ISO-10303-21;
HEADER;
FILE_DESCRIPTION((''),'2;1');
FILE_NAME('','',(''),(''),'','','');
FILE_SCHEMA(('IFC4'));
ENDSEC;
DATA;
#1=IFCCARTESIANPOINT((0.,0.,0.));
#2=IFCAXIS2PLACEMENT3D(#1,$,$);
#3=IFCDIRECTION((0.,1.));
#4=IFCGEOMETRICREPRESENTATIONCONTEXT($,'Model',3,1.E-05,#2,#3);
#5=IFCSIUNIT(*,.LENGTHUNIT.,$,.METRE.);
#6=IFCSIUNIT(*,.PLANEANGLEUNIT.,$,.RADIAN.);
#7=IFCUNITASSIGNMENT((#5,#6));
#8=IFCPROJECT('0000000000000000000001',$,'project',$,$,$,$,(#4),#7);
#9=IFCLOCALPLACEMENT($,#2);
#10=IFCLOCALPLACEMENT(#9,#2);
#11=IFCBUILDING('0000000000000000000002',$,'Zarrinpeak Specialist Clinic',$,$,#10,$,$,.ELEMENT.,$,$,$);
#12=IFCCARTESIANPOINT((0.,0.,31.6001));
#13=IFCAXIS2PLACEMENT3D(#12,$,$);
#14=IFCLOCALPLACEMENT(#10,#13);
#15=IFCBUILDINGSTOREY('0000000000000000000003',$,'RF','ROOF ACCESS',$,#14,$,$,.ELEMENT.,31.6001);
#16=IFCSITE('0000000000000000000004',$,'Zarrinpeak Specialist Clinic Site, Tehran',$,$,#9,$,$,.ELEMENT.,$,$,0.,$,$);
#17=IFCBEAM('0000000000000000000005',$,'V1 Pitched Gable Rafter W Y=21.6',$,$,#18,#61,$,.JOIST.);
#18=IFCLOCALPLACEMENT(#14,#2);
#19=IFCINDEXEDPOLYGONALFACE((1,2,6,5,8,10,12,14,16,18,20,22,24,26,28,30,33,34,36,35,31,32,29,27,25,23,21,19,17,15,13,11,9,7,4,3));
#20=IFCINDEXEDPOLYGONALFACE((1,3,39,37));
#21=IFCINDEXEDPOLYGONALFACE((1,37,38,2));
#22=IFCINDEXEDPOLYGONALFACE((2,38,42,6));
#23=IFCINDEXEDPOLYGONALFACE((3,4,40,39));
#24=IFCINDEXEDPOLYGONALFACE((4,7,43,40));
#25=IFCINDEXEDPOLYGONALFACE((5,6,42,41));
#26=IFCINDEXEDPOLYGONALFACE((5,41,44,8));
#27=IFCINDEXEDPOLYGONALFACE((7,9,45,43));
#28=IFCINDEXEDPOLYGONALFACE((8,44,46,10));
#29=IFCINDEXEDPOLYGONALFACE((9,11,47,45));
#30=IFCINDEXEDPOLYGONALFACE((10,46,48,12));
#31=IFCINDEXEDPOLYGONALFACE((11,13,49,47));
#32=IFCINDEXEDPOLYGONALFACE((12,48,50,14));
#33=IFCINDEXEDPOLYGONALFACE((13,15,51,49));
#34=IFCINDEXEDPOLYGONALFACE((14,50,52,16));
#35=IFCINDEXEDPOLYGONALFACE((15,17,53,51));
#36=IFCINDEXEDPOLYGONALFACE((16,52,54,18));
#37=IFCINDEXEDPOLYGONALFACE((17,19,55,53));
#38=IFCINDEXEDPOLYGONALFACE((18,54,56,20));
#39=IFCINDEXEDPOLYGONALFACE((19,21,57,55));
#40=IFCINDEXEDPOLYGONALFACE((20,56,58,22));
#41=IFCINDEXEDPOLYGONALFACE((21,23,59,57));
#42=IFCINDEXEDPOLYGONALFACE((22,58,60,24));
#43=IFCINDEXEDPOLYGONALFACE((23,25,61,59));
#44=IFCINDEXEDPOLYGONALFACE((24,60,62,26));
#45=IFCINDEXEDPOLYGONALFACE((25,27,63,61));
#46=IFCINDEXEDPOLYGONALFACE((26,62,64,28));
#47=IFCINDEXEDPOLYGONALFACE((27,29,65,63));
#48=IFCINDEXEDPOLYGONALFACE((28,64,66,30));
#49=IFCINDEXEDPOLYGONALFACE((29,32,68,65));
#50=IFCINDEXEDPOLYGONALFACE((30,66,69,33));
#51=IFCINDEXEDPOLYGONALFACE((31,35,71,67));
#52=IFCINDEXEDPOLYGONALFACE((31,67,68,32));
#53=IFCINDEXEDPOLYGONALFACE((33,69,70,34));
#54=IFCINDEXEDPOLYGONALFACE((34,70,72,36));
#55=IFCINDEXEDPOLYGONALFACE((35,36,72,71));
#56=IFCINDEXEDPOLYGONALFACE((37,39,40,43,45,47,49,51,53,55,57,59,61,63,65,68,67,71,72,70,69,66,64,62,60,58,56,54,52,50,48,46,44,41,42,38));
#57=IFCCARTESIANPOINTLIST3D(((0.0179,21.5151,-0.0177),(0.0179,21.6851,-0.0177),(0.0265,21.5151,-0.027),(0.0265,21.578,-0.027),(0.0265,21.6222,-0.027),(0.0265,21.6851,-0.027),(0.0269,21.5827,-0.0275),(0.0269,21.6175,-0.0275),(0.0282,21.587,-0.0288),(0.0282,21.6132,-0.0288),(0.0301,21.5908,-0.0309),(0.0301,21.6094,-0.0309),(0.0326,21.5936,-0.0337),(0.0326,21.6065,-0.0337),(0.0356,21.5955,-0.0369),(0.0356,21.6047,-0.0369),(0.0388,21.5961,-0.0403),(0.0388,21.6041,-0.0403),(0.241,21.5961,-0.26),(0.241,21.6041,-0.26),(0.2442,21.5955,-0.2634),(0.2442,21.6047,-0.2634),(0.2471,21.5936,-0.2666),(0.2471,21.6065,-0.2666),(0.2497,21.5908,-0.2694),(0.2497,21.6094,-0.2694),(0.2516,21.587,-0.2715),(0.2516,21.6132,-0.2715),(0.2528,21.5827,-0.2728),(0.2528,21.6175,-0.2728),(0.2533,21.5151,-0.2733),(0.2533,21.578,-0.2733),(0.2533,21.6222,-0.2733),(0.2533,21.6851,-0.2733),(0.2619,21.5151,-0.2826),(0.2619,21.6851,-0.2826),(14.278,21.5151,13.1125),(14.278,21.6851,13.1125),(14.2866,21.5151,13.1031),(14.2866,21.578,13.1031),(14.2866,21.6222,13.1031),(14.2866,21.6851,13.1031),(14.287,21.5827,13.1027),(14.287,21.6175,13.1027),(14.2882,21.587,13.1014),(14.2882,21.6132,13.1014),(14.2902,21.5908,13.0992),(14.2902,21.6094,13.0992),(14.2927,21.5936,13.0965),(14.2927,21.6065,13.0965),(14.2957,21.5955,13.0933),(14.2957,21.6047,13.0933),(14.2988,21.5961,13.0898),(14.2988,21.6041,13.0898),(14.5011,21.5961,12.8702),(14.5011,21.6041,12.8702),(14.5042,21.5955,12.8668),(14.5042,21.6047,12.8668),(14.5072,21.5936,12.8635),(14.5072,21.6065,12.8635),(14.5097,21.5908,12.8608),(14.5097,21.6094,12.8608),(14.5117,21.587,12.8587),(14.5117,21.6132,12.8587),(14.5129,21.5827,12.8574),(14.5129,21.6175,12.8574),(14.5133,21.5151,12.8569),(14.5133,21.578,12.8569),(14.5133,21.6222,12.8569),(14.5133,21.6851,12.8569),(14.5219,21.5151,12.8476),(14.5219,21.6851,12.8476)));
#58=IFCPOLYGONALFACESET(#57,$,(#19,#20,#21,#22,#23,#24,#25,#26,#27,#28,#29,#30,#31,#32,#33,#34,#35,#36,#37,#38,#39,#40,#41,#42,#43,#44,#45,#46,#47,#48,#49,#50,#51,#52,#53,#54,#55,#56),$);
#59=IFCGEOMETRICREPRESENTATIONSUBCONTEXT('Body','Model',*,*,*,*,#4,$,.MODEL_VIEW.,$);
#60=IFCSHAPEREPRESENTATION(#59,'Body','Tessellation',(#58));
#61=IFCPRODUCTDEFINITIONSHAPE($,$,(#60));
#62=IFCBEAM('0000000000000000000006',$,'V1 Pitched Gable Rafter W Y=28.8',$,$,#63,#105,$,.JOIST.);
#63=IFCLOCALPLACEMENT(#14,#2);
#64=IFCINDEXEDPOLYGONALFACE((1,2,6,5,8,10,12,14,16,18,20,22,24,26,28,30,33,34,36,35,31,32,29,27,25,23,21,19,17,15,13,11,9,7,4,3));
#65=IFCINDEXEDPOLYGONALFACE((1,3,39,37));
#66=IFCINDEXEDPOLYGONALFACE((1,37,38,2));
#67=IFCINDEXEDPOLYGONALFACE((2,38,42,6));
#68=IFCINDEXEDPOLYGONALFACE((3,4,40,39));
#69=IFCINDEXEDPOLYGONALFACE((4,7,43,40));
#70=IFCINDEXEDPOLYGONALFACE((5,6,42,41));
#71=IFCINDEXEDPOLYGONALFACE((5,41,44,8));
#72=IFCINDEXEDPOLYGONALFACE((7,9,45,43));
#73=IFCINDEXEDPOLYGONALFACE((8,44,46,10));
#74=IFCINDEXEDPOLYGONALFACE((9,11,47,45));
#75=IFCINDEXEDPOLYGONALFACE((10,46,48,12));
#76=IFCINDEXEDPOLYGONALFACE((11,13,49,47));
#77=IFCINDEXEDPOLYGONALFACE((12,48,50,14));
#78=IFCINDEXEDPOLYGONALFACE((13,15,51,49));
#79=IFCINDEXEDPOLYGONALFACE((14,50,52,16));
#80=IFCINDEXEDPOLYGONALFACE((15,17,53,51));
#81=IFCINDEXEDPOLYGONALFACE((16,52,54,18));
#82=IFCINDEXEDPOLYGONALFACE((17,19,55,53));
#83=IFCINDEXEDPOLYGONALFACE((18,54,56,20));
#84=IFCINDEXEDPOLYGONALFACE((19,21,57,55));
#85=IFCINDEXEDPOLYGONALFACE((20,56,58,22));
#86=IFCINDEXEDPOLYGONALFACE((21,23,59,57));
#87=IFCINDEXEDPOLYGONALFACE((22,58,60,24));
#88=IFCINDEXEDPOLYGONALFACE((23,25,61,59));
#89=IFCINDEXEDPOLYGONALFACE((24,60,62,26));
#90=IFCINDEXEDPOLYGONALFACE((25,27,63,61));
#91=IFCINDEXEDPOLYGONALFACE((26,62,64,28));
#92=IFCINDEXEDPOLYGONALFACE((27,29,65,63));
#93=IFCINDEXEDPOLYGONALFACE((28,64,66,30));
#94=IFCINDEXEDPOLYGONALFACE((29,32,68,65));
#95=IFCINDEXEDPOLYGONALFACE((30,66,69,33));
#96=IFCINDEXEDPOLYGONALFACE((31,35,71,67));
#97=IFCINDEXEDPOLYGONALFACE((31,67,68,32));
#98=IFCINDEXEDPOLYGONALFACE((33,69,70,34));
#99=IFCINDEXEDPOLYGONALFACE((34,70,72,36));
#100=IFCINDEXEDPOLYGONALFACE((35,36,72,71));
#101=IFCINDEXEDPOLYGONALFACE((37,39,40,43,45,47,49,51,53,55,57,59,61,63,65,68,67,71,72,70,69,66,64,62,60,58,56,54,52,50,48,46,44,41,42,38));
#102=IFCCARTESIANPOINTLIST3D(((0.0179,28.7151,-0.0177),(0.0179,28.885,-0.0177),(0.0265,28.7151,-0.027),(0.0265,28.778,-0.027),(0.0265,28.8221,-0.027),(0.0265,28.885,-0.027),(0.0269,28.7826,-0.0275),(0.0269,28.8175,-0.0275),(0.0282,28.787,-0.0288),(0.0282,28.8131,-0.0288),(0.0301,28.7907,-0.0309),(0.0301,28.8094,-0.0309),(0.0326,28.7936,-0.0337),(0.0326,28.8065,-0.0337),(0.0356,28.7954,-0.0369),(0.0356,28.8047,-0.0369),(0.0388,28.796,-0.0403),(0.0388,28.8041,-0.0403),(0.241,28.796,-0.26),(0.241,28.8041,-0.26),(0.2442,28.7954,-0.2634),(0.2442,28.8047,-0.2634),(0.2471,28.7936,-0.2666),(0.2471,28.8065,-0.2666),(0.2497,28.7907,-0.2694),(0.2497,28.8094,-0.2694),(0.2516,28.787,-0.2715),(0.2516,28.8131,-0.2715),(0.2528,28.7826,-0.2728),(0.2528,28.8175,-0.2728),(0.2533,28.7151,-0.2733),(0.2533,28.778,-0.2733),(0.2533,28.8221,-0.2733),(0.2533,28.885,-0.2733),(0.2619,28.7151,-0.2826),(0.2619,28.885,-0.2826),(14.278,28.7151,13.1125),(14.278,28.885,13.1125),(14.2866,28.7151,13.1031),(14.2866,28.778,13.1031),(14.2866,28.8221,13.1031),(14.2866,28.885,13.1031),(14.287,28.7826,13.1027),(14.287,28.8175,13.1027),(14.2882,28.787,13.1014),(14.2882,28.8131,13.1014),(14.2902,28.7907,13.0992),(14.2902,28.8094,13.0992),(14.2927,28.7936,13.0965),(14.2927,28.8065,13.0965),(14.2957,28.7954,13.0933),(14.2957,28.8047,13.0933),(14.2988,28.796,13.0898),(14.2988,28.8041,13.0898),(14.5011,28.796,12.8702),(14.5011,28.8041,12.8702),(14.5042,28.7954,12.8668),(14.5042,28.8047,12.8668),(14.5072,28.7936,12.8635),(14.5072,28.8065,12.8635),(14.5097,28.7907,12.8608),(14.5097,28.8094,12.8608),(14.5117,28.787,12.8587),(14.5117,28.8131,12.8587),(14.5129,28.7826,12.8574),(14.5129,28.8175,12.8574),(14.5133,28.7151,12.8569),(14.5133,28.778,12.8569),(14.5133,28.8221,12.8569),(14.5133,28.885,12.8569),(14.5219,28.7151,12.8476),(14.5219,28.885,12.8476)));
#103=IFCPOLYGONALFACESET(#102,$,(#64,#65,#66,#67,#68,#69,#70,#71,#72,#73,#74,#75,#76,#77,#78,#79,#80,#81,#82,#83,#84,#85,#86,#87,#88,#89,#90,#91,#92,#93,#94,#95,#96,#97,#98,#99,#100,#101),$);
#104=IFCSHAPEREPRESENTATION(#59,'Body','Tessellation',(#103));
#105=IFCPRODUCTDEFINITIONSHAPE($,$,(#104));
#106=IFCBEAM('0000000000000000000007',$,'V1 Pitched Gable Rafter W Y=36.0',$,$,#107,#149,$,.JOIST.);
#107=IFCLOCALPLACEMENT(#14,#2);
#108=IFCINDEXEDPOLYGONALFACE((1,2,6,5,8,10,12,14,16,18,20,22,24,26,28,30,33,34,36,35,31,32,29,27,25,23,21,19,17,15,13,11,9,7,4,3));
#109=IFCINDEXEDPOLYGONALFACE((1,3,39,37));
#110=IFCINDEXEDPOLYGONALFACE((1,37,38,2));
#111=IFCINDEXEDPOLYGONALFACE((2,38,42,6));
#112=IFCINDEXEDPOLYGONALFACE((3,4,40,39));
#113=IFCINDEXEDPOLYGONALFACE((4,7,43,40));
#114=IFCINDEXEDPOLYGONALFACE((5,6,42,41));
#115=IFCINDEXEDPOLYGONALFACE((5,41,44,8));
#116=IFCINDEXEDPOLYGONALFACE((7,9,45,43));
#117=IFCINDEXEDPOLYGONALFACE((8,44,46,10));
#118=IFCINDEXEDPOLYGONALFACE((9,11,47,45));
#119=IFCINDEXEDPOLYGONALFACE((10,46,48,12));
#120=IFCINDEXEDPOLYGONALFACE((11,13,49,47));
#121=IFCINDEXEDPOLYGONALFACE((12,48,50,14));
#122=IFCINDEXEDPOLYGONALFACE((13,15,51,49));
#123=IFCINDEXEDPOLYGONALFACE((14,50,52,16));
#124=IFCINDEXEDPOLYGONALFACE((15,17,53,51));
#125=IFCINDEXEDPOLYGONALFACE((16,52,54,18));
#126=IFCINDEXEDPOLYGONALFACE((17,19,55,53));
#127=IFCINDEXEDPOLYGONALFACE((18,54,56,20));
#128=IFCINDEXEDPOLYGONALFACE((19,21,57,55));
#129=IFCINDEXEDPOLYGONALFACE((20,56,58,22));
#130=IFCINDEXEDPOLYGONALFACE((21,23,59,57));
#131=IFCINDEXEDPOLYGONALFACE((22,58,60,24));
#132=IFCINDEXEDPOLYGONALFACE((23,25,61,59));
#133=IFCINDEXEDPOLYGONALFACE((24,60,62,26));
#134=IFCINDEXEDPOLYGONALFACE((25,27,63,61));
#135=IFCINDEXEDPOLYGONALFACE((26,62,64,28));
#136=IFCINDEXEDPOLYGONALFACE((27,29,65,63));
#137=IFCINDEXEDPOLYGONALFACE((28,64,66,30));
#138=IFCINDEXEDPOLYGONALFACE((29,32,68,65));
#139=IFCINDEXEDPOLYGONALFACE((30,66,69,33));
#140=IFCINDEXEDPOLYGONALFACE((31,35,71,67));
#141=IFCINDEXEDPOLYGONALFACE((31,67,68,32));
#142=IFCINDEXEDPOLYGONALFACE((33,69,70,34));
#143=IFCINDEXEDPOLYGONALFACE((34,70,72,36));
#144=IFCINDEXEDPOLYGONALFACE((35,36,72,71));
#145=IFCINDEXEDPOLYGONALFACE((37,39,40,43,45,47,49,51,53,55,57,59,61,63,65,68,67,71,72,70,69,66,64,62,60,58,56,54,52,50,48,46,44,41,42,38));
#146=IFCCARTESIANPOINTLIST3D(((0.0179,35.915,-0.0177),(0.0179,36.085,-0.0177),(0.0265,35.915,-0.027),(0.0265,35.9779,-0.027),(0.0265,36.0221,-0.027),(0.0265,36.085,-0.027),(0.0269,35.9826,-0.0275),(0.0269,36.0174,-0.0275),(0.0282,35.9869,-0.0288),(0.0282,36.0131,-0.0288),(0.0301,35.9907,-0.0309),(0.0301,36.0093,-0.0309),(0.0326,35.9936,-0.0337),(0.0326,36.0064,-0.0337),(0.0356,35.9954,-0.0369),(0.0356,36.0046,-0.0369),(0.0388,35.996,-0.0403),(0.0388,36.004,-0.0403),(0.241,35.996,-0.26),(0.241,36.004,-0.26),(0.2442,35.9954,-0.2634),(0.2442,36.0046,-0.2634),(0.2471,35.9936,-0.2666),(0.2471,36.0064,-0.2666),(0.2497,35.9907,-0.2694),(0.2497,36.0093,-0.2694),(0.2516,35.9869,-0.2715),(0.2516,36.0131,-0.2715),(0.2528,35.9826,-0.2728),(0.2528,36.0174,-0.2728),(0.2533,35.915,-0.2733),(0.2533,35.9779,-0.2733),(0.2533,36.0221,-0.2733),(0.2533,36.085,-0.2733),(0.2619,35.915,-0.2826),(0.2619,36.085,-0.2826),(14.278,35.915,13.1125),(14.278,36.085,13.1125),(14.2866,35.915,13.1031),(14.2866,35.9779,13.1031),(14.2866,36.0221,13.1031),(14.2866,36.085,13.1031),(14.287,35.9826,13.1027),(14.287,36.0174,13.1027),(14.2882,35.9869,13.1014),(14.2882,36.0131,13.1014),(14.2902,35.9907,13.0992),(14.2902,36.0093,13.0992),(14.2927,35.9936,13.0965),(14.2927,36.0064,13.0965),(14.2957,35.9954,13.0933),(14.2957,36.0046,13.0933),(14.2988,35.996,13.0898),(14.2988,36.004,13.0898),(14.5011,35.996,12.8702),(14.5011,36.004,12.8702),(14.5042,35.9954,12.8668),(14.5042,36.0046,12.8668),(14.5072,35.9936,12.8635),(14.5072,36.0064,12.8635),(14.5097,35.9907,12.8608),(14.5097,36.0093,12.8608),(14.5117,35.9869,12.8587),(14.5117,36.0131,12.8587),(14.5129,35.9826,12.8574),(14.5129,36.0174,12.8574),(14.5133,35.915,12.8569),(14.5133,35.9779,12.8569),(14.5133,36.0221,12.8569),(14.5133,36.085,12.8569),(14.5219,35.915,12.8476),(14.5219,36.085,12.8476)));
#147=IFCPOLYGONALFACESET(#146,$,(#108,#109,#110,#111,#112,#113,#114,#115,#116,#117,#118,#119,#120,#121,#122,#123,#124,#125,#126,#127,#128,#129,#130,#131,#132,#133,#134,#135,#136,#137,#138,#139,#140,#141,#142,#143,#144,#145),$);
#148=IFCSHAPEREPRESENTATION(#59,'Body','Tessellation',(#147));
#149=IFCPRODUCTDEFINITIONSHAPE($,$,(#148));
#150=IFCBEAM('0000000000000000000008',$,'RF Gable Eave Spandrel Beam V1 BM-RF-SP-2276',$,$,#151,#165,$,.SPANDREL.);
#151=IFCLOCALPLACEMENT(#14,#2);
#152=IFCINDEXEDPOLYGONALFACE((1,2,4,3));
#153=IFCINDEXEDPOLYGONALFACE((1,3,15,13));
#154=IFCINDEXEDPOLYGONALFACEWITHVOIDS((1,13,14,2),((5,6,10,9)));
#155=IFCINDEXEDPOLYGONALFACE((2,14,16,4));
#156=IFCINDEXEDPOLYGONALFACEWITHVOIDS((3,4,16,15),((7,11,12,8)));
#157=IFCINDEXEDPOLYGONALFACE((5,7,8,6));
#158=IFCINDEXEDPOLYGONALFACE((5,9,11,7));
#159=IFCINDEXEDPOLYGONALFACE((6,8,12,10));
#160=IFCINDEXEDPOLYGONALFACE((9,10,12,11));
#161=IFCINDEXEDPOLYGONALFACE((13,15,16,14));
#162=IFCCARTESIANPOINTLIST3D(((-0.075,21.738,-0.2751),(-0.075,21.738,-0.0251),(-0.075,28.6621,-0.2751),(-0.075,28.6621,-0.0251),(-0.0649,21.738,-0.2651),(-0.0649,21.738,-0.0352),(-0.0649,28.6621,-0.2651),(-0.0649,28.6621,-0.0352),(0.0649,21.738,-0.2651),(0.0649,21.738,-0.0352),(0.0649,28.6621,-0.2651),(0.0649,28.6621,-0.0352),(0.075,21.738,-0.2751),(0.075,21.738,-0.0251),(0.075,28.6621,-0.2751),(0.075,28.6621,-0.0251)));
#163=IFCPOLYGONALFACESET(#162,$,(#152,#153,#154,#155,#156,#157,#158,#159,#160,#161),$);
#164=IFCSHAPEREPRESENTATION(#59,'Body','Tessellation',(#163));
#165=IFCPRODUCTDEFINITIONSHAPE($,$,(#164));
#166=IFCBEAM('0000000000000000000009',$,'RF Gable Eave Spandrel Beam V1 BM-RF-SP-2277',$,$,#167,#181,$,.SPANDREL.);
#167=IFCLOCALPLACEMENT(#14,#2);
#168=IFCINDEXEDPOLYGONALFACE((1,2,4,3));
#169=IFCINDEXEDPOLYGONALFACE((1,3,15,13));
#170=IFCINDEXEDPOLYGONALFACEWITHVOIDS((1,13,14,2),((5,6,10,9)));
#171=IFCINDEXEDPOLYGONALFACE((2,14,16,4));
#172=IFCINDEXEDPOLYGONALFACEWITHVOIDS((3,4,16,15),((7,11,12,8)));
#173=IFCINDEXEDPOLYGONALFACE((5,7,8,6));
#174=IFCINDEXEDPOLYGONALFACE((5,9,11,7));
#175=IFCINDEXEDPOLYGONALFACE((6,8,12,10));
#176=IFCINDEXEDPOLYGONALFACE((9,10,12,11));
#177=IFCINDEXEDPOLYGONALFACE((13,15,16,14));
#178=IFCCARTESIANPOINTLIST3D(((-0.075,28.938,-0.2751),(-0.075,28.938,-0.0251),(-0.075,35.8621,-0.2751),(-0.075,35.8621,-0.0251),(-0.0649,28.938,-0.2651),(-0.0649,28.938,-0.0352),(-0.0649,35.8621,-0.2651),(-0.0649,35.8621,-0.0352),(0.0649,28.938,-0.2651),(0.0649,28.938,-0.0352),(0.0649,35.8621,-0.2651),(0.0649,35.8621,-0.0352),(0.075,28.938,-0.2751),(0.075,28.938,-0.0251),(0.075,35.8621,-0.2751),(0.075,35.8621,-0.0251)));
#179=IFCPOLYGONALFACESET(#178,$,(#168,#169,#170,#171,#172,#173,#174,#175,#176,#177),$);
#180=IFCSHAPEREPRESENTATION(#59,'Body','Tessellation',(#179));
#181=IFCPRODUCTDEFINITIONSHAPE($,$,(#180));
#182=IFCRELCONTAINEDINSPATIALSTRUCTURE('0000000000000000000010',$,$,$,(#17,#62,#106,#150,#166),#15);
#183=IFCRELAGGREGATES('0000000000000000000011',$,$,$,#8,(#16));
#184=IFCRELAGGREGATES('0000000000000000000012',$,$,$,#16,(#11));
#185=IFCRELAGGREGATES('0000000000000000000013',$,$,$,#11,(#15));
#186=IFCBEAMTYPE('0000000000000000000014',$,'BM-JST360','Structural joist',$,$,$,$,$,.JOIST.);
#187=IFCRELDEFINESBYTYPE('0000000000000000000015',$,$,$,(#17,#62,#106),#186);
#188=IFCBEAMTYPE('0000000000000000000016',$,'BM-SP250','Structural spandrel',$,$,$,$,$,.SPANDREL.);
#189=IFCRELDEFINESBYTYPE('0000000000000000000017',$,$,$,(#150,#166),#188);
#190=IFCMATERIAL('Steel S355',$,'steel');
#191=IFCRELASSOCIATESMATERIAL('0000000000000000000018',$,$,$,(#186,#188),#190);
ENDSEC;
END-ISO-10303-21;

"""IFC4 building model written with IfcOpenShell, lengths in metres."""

from ifc_helpers import new_model, si_unit, direction, frame, origin, origin_2d, place, context, subcontext, project, spatial, hollow_rectangle, i_section, extrude, material, material_profile, profile_set, type_object, element, save


model = new_model("IFC4")

# Units and contexts
model_context = context("Model", 3, precision=1e-05, world=origin(), true_north=direction((0.0, 1.0)))
body_context = subcontext(model_context, "Body", "Model", "MODEL_VIEW")
ifc_project = project(units=[si_unit("LENGTHUNIT", "METRE"), si_unit("PLANEANGLEUNIT", "RADIAN")], contexts=[model_context])

# Site, building, storey
site_placement = place(None, origin())
site = spatial("IfcSite", under=ifc_project, at=site_placement, Name="Zarrinpeak Specialist Clinic Site, Tehran", CompositionType="ELEMENT", RefElevation=0.0)
building_placement = place(site_placement, origin())
building = spatial("IfcBuilding", under=site, at=building_placement, Name="Zarrinpeak Specialist Clinic", CompositionType="ELEMENT")
storey_placement = place(building_placement, frame((0.0, 0.0, 31.6001)))
storey = spatial("IfcBuildingStorey", under=building, at=storey_placement, Name="RF", Description="ROOF ACCESS", CompositionType="ELEMENT", Elevation=31.6001)

# Beams
ifc_material_1 = material(Name="Steel S355", Category="steel")
ifc_material_profile_1 = material_profile(ifc_material_1, i_section(OverallWidth=0.1699, OverallDepth=0.3601, WebThickness=0.0081, FlangeThickness=0.0127, FilletRadius=0.0181, at=origin_2d()), Name="IPE 360")
ifc_profile_set_1 = profile_set([ifc_material_profile_1], Name="Steel S355")
beam_type_1 = type_object("IfcBeamType", Name="BM-JST360", Description="Structural joist", PredefinedType="JOIST", material=ifc_profile_set_1)
for number, where, z_axis, x_axis, name in (
    (1, (0.1399, 21.6001, -0.1501), (0.73565, 0.0, 0.677362), (0.0, 1.0, 0.0), "V1 Pitched Gable Rafter W Y=21.6"),
    (2, (0.1399, 28.8, -0.1501), (0.73565, 0.0, 0.677362), (0.0, 1.0, 0.0), "V1 Pitched Gable Rafter W Y=28.8"),
    (3, (0.1399, 36.0, -0.1501), (0.73565, 0.0, 0.677362), (0.0, 1.0, 0.0), "V1 Pitched Gable Rafter W Y=36.0"),
):
    element("IfcBeam", number, at=place(storey_placement, frame(where, z_axis=z_axis, x_axis=x_axis)), inside=storey, type_object=beam_type_1, Name=name, PredefinedType="JOIST", context=body_context, shape_type="SweptSolid", body=[
        extrude(i_section(OverallWidth=0.1699, OverallDepth=0.3601, WebThickness=0.0081, FlangeThickness=0.0127, FilletRadius=0.0181, at=origin_2d()), origin(), (0.0, 0.0, 1.0), 19.3843),
    ])
ifc_material_profile_2 = material_profile(ifc_material_1, hollow_rectangle(XDim=0.1499, YDim=0.25, WallThickness=0.01, at=origin_2d()), Name="RHS 250x150x10.0")
ifc_profile_set_2 = profile_set([ifc_material_profile_2], Name="Steel S355")
beam_type_2 = type_object("IfcBeamType", Name="BM-SP250", Description="Structural spandrel", PredefinedType="SPANDREL", material=ifc_profile_set_2)
for number, where, z_axis, x_axis, name in (
    (4, (0.0, 21.738, -0.1501), (0.0, 1.0, 0.0), (-1.0, 0.0, 0.0), "RF Gable Eave Spandrel Beam V1 BM-RF-SP-2276"),
    (5, (0.0, 28.938, -0.1501), (0.0, 1.0, 0.0), (-1.0, 0.0, 0.0), "RF Gable Eave Spandrel Beam V1 BM-RF-SP-2277"),
):
    element("IfcBeam", number, at=place(storey_placement, frame(where, z_axis=z_axis, x_axis=x_axis)), inside=storey, type_object=beam_type_2, Name=name, PredefinedType="SPANDREL", context=body_context, shape_type="SweptSolid", body=[
        extrude(hollow_rectangle(XDim=0.1499, YDim=0.25, WallThickness=0.01, at=origin_2d()), origin(), (0.0, 0.0, 1.0), 6.9241),
    ])

save(model, "model.ifc")
